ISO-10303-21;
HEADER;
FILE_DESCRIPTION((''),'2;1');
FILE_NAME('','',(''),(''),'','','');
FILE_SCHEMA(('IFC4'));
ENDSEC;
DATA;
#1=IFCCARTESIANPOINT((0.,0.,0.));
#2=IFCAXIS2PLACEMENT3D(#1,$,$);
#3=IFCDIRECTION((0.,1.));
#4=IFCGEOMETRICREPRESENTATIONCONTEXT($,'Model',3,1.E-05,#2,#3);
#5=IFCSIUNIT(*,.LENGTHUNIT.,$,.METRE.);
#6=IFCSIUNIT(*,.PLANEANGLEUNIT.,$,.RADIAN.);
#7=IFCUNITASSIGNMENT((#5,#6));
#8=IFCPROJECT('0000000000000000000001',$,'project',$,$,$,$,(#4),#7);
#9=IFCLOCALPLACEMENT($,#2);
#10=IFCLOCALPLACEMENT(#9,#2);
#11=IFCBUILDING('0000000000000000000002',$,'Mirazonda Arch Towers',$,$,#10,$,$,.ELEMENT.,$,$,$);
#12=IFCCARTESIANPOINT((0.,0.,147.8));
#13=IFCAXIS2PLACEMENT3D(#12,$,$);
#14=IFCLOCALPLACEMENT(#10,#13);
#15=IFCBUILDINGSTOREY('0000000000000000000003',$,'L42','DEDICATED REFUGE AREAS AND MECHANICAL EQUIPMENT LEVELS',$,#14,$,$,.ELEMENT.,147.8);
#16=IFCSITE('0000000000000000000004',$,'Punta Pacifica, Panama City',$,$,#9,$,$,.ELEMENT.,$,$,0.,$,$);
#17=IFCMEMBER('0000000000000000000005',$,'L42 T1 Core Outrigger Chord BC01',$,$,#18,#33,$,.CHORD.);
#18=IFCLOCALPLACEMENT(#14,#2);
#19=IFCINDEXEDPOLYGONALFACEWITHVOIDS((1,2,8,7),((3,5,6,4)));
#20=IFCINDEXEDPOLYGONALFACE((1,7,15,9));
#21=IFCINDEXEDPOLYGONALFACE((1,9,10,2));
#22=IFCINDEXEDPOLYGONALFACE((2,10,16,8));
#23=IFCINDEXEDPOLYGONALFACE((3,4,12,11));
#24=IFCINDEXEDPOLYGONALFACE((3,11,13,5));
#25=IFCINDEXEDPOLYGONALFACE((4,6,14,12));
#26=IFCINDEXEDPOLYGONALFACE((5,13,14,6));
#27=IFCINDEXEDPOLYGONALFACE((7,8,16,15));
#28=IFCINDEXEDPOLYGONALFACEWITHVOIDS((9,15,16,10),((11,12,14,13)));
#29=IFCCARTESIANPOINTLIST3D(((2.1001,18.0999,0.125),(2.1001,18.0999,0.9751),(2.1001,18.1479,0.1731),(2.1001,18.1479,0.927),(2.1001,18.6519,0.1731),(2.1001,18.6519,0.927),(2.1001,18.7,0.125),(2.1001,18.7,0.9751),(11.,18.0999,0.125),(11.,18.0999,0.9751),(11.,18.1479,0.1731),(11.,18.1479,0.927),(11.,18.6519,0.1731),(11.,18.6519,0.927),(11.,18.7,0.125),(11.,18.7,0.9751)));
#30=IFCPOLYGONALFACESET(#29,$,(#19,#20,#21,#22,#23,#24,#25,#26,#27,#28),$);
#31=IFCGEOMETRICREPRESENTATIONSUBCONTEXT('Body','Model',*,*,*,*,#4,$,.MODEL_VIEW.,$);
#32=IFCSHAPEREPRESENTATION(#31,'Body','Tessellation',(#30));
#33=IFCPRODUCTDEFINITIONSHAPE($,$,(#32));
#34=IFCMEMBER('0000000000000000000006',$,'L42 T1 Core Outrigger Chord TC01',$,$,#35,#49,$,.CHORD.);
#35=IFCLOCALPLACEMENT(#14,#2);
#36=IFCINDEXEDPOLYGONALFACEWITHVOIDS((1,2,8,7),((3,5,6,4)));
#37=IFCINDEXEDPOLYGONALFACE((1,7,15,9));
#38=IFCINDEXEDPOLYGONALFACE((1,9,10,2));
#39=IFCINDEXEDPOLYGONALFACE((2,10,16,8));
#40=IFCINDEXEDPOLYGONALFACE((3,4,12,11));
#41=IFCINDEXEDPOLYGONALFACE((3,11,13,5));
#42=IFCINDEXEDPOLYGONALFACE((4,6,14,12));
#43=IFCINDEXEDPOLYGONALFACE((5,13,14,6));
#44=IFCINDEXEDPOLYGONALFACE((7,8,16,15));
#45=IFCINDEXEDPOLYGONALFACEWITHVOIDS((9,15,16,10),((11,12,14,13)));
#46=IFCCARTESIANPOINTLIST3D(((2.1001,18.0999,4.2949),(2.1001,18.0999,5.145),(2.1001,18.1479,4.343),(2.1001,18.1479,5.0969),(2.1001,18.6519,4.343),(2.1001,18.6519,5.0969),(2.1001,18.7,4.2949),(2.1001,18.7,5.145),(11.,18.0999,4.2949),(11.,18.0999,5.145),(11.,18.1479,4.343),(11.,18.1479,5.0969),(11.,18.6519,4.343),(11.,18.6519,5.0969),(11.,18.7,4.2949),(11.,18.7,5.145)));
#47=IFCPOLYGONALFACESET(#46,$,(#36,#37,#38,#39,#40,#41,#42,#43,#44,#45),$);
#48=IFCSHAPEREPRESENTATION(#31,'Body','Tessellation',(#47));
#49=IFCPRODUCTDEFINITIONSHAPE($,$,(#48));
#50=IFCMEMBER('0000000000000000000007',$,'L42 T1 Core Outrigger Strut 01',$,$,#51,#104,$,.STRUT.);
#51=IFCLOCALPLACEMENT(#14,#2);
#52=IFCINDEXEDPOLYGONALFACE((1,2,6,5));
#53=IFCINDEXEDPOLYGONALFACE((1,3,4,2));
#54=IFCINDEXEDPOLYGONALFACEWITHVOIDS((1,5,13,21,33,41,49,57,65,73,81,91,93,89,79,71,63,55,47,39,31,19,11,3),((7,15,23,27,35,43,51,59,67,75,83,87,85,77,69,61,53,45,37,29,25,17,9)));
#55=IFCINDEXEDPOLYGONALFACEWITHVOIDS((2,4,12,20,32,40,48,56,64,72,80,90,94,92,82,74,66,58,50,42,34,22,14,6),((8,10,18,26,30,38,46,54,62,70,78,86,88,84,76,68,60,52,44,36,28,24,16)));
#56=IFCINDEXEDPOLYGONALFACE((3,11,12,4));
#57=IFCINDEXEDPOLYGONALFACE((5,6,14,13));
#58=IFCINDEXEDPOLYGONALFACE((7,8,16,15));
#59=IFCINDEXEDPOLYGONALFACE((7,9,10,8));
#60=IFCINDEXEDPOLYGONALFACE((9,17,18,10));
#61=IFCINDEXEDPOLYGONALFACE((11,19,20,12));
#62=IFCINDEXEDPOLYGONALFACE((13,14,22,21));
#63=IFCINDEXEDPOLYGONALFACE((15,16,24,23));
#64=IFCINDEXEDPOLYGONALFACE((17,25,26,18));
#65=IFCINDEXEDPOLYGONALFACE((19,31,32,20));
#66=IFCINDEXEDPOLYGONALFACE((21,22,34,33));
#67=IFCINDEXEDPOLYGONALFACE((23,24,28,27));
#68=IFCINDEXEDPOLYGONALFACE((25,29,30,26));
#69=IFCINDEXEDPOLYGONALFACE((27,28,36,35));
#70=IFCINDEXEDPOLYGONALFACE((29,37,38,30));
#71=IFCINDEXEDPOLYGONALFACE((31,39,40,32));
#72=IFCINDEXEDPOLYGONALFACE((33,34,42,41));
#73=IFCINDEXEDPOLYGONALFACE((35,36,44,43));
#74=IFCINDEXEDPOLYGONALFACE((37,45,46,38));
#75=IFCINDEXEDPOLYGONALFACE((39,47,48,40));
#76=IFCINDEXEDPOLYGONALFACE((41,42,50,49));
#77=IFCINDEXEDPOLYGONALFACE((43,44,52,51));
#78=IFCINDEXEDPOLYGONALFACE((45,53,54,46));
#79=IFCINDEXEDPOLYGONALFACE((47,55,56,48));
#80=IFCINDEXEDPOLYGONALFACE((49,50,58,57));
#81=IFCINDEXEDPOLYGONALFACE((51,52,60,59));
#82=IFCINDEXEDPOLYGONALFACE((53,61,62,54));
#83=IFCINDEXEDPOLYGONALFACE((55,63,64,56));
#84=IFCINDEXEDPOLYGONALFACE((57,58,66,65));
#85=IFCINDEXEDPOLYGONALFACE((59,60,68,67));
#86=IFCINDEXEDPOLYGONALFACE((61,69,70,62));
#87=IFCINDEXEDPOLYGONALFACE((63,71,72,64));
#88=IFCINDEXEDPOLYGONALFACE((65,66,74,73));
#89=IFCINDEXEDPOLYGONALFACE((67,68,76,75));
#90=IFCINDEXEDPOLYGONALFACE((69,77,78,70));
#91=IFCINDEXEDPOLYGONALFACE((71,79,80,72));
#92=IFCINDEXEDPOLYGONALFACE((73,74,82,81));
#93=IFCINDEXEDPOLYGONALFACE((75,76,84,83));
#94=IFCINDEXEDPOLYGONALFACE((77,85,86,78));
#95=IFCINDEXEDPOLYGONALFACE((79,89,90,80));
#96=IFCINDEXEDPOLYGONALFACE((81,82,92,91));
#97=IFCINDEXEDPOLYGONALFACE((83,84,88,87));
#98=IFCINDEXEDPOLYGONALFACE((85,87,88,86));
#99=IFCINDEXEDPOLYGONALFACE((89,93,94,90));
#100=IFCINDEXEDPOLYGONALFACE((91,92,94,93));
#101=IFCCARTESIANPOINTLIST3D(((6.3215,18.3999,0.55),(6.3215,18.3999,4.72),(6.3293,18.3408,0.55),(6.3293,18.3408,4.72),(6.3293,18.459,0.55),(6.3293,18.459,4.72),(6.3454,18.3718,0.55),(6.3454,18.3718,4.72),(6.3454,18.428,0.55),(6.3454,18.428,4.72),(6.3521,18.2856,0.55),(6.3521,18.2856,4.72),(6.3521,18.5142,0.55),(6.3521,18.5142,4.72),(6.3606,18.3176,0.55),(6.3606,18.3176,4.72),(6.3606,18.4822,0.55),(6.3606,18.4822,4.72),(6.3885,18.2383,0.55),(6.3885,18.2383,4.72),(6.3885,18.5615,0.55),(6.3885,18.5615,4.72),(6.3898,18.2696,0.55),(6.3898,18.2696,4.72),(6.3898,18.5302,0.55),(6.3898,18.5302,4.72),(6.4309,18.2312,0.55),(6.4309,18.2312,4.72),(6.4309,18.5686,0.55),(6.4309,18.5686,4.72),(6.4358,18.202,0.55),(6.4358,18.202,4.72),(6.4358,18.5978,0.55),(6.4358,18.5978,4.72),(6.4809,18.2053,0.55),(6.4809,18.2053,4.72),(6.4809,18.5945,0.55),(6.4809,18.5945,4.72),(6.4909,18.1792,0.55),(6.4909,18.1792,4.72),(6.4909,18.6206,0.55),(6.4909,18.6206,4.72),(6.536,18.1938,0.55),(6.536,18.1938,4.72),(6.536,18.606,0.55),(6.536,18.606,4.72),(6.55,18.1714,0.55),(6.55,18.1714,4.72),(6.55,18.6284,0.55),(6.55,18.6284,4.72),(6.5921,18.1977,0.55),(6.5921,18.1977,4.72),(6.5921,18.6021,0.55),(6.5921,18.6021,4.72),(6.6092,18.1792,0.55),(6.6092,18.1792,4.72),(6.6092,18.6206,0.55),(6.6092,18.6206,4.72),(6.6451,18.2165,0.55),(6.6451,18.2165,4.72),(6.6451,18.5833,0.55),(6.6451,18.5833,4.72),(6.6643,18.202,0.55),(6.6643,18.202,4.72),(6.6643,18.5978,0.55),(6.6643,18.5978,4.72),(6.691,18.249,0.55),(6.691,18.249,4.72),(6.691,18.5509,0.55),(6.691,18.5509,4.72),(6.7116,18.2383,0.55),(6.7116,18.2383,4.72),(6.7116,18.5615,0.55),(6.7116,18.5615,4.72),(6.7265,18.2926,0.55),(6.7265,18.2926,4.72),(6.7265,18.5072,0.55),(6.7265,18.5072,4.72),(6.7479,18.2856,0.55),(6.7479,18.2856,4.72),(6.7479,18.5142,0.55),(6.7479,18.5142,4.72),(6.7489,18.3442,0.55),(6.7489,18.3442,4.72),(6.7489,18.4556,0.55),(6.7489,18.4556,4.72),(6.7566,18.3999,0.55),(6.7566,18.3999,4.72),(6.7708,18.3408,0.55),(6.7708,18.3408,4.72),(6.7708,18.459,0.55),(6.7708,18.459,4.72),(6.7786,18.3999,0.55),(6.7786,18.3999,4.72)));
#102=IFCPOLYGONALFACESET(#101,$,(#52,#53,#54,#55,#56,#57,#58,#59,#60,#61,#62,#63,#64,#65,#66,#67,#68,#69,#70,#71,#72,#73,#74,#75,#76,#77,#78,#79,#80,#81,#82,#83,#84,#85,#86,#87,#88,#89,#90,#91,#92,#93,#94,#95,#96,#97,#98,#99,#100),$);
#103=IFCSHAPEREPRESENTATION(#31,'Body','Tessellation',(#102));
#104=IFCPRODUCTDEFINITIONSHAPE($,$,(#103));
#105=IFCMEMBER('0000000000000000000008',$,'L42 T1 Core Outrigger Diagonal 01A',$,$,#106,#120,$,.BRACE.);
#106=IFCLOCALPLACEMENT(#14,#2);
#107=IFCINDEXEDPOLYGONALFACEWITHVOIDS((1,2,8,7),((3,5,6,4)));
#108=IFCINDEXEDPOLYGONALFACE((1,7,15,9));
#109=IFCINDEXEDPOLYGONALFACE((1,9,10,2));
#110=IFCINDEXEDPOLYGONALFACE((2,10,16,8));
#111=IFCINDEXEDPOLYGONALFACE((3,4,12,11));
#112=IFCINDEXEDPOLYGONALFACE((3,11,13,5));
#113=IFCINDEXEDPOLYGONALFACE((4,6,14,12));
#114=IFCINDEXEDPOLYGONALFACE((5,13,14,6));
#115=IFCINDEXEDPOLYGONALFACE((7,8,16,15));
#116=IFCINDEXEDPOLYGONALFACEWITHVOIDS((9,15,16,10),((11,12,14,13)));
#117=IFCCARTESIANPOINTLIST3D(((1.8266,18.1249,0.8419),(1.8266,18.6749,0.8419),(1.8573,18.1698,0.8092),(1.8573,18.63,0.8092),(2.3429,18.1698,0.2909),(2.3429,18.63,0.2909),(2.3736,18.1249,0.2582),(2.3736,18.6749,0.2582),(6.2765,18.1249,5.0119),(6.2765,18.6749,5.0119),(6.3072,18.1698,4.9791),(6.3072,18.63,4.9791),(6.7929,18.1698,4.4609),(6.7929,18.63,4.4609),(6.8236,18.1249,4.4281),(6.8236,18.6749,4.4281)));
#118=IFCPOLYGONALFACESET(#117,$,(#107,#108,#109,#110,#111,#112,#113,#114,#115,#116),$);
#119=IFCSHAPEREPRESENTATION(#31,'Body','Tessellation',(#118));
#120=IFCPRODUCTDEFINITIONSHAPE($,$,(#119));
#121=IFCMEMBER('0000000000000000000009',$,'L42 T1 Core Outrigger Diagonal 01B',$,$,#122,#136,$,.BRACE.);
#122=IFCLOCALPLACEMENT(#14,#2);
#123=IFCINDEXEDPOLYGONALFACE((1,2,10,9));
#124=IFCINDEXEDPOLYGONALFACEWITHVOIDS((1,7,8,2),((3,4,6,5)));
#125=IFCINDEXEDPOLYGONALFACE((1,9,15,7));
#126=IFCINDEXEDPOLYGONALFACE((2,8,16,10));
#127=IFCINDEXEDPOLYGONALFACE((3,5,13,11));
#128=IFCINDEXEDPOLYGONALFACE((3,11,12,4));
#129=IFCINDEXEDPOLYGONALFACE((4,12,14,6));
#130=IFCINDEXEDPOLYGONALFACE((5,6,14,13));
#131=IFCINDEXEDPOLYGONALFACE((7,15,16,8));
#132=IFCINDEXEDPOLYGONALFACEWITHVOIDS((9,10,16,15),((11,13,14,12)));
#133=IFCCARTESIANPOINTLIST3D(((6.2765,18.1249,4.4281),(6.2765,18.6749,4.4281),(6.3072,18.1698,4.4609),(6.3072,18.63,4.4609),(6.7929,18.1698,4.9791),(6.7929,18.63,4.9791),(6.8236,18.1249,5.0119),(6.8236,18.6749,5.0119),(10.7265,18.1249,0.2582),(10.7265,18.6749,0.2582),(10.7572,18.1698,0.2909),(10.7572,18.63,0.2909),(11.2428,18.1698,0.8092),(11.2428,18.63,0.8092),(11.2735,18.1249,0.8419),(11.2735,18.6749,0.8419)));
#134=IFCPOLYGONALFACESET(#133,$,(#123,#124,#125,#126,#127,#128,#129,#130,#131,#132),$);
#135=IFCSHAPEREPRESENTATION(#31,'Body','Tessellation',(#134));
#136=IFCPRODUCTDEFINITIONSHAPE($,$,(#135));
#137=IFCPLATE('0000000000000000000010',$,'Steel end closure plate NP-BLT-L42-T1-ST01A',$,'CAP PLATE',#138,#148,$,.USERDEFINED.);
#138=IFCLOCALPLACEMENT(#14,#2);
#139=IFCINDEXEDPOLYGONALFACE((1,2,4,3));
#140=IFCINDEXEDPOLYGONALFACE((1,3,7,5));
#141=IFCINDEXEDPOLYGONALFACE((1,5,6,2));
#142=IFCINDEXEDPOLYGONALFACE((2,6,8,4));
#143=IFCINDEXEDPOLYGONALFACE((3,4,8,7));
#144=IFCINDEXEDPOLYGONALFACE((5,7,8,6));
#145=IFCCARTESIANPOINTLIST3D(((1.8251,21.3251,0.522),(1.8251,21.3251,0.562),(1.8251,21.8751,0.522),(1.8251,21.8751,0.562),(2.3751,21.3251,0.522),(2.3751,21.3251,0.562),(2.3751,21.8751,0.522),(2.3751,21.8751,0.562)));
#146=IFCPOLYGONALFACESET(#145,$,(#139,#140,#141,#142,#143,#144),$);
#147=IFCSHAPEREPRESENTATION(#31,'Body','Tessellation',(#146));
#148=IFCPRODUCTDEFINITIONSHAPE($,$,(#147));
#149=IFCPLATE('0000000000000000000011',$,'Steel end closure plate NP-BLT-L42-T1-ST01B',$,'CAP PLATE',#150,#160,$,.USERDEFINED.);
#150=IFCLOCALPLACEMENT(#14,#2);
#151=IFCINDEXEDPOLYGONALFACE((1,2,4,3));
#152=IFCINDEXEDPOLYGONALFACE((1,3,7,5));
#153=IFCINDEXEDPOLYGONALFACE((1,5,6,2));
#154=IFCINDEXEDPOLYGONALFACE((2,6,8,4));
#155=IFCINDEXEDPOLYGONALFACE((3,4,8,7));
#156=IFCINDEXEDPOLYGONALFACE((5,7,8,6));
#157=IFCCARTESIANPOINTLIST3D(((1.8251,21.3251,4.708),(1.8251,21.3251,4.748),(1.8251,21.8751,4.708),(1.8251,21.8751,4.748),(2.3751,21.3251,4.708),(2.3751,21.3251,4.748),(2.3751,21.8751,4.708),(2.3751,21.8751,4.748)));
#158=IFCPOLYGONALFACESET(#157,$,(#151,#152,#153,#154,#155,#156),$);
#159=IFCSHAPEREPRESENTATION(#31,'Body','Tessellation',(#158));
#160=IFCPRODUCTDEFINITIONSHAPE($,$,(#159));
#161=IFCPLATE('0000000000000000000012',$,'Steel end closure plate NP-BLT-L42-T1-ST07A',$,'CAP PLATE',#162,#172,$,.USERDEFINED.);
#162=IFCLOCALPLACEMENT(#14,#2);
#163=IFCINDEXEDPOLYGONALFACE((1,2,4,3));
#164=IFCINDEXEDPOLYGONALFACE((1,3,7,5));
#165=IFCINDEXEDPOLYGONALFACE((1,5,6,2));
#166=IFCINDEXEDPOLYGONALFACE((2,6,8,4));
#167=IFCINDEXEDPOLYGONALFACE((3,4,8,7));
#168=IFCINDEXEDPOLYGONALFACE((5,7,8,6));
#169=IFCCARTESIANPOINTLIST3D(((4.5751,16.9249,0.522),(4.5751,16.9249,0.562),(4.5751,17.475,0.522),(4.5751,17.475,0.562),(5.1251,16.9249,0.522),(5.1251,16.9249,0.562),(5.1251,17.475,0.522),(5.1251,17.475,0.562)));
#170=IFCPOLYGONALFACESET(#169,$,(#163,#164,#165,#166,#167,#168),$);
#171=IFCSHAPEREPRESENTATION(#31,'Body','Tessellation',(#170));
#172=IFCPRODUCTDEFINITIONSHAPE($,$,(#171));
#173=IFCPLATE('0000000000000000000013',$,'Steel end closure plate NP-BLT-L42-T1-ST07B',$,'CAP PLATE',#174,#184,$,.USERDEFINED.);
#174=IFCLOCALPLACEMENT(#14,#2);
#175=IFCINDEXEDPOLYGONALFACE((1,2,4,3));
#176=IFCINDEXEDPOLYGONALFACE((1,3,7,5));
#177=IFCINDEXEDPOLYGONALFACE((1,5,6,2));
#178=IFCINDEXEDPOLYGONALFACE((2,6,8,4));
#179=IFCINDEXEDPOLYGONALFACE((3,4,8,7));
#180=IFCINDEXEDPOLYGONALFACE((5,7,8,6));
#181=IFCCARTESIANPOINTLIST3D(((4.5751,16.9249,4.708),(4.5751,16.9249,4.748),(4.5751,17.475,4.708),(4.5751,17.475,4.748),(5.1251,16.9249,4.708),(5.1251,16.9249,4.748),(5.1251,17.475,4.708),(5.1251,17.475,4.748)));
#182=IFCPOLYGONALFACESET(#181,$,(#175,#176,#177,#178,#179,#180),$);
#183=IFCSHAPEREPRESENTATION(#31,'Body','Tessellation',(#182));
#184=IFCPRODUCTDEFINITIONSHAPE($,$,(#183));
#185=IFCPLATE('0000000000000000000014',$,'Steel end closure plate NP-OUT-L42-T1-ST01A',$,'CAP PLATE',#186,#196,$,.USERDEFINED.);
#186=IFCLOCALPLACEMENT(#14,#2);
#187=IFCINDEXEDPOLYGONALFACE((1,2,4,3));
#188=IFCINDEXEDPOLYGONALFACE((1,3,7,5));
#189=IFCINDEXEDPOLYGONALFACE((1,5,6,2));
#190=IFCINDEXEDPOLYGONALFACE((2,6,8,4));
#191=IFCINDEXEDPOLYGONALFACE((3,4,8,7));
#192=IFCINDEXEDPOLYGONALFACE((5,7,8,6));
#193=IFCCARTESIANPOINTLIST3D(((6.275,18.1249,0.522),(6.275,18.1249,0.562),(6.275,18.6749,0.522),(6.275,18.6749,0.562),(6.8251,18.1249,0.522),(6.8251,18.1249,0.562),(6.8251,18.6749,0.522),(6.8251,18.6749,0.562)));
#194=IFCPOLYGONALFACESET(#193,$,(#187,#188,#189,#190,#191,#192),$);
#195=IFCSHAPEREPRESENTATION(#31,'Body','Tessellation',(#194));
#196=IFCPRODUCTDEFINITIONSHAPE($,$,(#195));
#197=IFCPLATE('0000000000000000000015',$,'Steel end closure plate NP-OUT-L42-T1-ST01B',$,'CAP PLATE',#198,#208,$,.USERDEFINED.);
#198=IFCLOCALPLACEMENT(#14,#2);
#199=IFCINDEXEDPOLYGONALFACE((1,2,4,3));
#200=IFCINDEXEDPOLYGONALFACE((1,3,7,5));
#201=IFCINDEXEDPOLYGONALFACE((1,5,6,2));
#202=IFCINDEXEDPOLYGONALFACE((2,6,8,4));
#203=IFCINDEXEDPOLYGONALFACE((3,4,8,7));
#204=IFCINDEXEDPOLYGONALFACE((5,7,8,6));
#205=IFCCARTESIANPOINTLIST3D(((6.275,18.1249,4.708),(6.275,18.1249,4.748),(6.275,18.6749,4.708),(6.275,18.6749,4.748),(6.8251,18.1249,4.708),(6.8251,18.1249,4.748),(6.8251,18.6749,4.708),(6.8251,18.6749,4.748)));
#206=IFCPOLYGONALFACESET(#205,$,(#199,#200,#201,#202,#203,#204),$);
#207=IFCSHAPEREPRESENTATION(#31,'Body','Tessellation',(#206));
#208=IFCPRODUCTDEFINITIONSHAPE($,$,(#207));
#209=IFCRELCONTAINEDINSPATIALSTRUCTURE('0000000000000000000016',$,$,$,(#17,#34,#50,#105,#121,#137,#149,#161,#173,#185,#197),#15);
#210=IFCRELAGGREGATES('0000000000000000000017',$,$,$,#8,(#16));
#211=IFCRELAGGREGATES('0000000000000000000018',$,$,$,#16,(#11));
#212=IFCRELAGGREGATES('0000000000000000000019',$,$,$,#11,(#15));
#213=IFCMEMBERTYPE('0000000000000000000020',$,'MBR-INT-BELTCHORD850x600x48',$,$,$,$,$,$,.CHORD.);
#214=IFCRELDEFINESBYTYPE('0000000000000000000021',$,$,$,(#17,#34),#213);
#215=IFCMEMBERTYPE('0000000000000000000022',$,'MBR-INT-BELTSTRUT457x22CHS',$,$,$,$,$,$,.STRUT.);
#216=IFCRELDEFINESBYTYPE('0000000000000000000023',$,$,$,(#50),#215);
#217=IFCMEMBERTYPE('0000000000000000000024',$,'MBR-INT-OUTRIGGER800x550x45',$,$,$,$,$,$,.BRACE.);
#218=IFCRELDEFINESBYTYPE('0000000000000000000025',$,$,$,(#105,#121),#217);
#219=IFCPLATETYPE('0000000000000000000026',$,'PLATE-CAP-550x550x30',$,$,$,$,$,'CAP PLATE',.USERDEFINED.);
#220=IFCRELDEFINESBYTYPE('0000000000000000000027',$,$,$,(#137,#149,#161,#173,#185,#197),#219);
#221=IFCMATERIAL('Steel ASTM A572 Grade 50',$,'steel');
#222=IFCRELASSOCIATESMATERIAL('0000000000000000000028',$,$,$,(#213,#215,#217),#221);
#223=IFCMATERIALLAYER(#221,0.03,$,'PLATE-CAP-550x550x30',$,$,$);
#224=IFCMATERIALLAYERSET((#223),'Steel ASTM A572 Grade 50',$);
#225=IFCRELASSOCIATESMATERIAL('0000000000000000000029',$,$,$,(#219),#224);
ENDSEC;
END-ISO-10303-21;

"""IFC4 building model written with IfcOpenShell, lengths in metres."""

from ifc_helpers import new_model, si_unit, direction, frame, origin, origin_2d, place, context, subcontext, project, spatial, rectangle, hollow_rectangle, hollow_circle, extrude, material, layer, layer_set, material_profile, profile_set, type_object, element, save


model = new_model("IFC4")

# Units and contexts
model_context = context("Model", 3, precision=1e-05, world=origin(), true_north=direction((0.0, 1.0)))
body_context = subcontext(model_context, "Body", "Model", "MODEL_VIEW")
ifc_project = project(units=[si_unit("LENGTHUNIT", "METRE"), si_unit("PLANEANGLEUNIT", "RADIAN")], contexts=[model_context])

# Site, building, storey
site_placement = place(None, origin())
site = spatial("IfcSite", under=ifc_project, at=site_placement, Name="Punta Pacifica, Panama City", CompositionType="ELEMENT", RefElevation=0.0)
building_placement = place(site_placement, origin())
building = spatial("IfcBuilding", under=site, at=building_placement, Name="Mirazonda Arch Towers", CompositionType="ELEMENT")
storey_placement = place(building_placement, frame((0.0, 0.0, 147.8)))
storey = spatial("IfcBuildingStorey", under=building, at=storey_placement, Name="L42", Description="DEDICATED REFUGE AREAS AND MECHANICAL EQUIPMENT LEVELS", CompositionType="ELEMENT", Elevation=147.8)

# Shared definitions
ifc_material_1 = material(Name="Steel ASTM A572 Grade 50", Category="steel")

# Members
ifc_material_profile_1 = material_profile(ifc_material_1, hollow_rectangle(XDim=0.6001, YDim=0.8501, WallThickness=0.0481, at=origin_2d()), Name="BELTCHORD850x600x48")
ifc_profile_set_1 = profile_set([ifc_material_profile_1], Name="Steel ASTM A572 Grade 50")
member_type_1 = type_object("IfcMemberType", Name="MBR-INT-BELTCHORD850x600x48", PredefinedType="CHORD", material=ifc_profile_set_1)
for number, where, z_axis, x_axis, name in (
    (1, (2.1001, 18.3999, 0.55), (1.0, 0.0, 0.0), (0.0, 1.0, 0.0), "L42 T1 Core Outrigger Chord BC01"),
    (2, (2.1001, 18.3999, 4.72), (1.0, 0.0, 0.0), (0.0, 1.0, 0.0), "L42 T1 Core Outrigger Chord TC01"),
):
    element("IfcMember", number, at=place(storey_placement, frame(where, z_axis=z_axis, x_axis=x_axis)), inside=storey, type_object=member_type_1, Name=name, PredefinedType="CHORD", context=body_context, shape_type="SweptSolid", body=[
        extrude(hollow_rectangle(XDim=0.6001, YDim=0.8501, WallThickness=0.0481, at=origin_2d()), origin(), (0.0, 0.0, 1.0), 8.8999),
    ])
ifc_material_profile_2 = material_profile(ifc_material_1, hollow_circle(Radius=0.2285, WallThickness=0.022, at=origin_2d()), Name="BELTSTRUT457x22CHS")
ifc_profile_set_2 = profile_set([ifc_material_profile_2], Name="Steel ASTM A572 Grade 50")
member_type_2 = type_object("IfcMemberType", Name="MBR-INT-BELTSTRUT457x22CHS", PredefinedType="STRUT", material=ifc_profile_set_2)
member_1_placement = place(storey_placement, frame((6.55, 18.3999, 0.55), z_axis=(0.0, 0.0, 1.0), x_axis=(1.0, 0.0, 0.0)))
element("IfcMember", 3, at=member_1_placement, inside=storey, type_object=member_type_2, Name="L42 T1 Core Outrigger Strut 01", PredefinedType="STRUT", context=body_context, shape_type="SweptSolid", body=[
    extrude(hollow_circle(Radius=0.2285, WallThickness=0.022, at=origin_2d()), origin(), (0.0, 0.0, 1.0), 4.1699),
])
ifc_material_profile_3 = material_profile(ifc_material_1, hollow_rectangle(XDim=0.55, YDim=0.8, WallThickness=0.0449, at=origin_2d()), Name="OUTRIGGER800x550x45")
ifc_profile_set_3 = profile_set([ifc_material_profile_3], Name="Steel ASTM A572 Grade 50")
member_type_3 = type_object("IfcMemberType", Name="MBR-INT-OUTRIGGER800x550x45", PredefinedType="BRACE", material=ifc_profile_set_3)
for number, where, z_axis, x_axis, name in (
    (4, (2.1001, 18.3999, 0.55), (0.729693, 0.0, 0.683775), (0.0, 1.0, 0.0), "L42 T1 Core Outrigger Diagonal 01A"),
    (5, (11.0, 18.3999, 0.55), (-0.729693, 0.0, 0.683775), (0.0, -1.0, 0.0), "L42 T1 Core Outrigger Diagonal 01B"),
):
    element("IfcMember", number, at=place(storey_placement, frame(where, z_axis=z_axis, x_axis=x_axis)), inside=storey, type_object=member_type_3, Name=name, PredefinedType="BRACE", context=body_context, shape_type="SweptSolid", body=[
        extrude(hollow_rectangle(XDim=0.55, YDim=0.8, WallThickness=0.0449, at=origin_2d()), origin(), (0.0, 0.0, 1.0), 6.0984),
    ])

# Plates
ifc_layer_1 = layer(ifc_material_1, 0.03, Name="PLATE-CAP-550x550x30")
ifc_layer_set_1 = layer_set([ifc_layer_1], Name="Steel ASTM A572 Grade 50")
plate_type_1 = type_object("IfcPlateType", Name="PLATE-CAP-550x550x30", ElementType="CAP PLATE", PredefinedType="USERDEFINED", material=ifc_layer_set_1)
for number, where, z_axis, x_axis, name in (
    (6, (2.1001, 21.6001, 0.522), (0.0, 0.0, 1.0), (1.0, 0.0, 0.0), "Steel end closure plate NP-BLT-L42-T1-ST01A"),
    (7, (2.1001, 21.6001, 4.708), (0.0, 0.0, 1.0), (1.0, 0.0, 0.0), "Steel end closure plate NP-BLT-L42-T1-ST01B"),
    (8, (4.8501, 17.2, 0.522), (0.0, 0.0, 1.0), (1.0, 0.0, 0.0), "Steel end closure plate NP-BLT-L42-T1-ST07A"),
    (9, (4.8501, 17.2, 4.708), (0.0, 0.0, 1.0), (1.0, 0.0, 0.0), "Steel end closure plate NP-BLT-L42-T1-ST07B"),
    (10, (6.55, 18.3999, 0.522), (0.0, 0.0, 1.0), (1.0, 0.0, 0.0), "Steel end closure plate NP-OUT-L42-T1-ST01A"),
    (11, (6.55, 18.3999, 4.708), (0.0, 0.0, 1.0), (1.0, 0.0, 0.0), "Steel end closure plate NP-OUT-L42-T1-ST01B"),
):
    element("IfcPlate", number, at=place(storey_placement, frame(where, z_axis=z_axis, x_axis=x_axis)), inside=storey, type_object=plate_type_1, Name=name, ObjectType="CAP PLATE", PredefinedType="USERDEFINED", context=body_context, shape_type="SweptSolid", body=[
        extrude(rectangle(XDim=0.55, YDim=0.55, at=origin_2d()), origin(), (0.0, 0.0, 1.0), 0.04),
    ])

save(model, "model.ifc")
